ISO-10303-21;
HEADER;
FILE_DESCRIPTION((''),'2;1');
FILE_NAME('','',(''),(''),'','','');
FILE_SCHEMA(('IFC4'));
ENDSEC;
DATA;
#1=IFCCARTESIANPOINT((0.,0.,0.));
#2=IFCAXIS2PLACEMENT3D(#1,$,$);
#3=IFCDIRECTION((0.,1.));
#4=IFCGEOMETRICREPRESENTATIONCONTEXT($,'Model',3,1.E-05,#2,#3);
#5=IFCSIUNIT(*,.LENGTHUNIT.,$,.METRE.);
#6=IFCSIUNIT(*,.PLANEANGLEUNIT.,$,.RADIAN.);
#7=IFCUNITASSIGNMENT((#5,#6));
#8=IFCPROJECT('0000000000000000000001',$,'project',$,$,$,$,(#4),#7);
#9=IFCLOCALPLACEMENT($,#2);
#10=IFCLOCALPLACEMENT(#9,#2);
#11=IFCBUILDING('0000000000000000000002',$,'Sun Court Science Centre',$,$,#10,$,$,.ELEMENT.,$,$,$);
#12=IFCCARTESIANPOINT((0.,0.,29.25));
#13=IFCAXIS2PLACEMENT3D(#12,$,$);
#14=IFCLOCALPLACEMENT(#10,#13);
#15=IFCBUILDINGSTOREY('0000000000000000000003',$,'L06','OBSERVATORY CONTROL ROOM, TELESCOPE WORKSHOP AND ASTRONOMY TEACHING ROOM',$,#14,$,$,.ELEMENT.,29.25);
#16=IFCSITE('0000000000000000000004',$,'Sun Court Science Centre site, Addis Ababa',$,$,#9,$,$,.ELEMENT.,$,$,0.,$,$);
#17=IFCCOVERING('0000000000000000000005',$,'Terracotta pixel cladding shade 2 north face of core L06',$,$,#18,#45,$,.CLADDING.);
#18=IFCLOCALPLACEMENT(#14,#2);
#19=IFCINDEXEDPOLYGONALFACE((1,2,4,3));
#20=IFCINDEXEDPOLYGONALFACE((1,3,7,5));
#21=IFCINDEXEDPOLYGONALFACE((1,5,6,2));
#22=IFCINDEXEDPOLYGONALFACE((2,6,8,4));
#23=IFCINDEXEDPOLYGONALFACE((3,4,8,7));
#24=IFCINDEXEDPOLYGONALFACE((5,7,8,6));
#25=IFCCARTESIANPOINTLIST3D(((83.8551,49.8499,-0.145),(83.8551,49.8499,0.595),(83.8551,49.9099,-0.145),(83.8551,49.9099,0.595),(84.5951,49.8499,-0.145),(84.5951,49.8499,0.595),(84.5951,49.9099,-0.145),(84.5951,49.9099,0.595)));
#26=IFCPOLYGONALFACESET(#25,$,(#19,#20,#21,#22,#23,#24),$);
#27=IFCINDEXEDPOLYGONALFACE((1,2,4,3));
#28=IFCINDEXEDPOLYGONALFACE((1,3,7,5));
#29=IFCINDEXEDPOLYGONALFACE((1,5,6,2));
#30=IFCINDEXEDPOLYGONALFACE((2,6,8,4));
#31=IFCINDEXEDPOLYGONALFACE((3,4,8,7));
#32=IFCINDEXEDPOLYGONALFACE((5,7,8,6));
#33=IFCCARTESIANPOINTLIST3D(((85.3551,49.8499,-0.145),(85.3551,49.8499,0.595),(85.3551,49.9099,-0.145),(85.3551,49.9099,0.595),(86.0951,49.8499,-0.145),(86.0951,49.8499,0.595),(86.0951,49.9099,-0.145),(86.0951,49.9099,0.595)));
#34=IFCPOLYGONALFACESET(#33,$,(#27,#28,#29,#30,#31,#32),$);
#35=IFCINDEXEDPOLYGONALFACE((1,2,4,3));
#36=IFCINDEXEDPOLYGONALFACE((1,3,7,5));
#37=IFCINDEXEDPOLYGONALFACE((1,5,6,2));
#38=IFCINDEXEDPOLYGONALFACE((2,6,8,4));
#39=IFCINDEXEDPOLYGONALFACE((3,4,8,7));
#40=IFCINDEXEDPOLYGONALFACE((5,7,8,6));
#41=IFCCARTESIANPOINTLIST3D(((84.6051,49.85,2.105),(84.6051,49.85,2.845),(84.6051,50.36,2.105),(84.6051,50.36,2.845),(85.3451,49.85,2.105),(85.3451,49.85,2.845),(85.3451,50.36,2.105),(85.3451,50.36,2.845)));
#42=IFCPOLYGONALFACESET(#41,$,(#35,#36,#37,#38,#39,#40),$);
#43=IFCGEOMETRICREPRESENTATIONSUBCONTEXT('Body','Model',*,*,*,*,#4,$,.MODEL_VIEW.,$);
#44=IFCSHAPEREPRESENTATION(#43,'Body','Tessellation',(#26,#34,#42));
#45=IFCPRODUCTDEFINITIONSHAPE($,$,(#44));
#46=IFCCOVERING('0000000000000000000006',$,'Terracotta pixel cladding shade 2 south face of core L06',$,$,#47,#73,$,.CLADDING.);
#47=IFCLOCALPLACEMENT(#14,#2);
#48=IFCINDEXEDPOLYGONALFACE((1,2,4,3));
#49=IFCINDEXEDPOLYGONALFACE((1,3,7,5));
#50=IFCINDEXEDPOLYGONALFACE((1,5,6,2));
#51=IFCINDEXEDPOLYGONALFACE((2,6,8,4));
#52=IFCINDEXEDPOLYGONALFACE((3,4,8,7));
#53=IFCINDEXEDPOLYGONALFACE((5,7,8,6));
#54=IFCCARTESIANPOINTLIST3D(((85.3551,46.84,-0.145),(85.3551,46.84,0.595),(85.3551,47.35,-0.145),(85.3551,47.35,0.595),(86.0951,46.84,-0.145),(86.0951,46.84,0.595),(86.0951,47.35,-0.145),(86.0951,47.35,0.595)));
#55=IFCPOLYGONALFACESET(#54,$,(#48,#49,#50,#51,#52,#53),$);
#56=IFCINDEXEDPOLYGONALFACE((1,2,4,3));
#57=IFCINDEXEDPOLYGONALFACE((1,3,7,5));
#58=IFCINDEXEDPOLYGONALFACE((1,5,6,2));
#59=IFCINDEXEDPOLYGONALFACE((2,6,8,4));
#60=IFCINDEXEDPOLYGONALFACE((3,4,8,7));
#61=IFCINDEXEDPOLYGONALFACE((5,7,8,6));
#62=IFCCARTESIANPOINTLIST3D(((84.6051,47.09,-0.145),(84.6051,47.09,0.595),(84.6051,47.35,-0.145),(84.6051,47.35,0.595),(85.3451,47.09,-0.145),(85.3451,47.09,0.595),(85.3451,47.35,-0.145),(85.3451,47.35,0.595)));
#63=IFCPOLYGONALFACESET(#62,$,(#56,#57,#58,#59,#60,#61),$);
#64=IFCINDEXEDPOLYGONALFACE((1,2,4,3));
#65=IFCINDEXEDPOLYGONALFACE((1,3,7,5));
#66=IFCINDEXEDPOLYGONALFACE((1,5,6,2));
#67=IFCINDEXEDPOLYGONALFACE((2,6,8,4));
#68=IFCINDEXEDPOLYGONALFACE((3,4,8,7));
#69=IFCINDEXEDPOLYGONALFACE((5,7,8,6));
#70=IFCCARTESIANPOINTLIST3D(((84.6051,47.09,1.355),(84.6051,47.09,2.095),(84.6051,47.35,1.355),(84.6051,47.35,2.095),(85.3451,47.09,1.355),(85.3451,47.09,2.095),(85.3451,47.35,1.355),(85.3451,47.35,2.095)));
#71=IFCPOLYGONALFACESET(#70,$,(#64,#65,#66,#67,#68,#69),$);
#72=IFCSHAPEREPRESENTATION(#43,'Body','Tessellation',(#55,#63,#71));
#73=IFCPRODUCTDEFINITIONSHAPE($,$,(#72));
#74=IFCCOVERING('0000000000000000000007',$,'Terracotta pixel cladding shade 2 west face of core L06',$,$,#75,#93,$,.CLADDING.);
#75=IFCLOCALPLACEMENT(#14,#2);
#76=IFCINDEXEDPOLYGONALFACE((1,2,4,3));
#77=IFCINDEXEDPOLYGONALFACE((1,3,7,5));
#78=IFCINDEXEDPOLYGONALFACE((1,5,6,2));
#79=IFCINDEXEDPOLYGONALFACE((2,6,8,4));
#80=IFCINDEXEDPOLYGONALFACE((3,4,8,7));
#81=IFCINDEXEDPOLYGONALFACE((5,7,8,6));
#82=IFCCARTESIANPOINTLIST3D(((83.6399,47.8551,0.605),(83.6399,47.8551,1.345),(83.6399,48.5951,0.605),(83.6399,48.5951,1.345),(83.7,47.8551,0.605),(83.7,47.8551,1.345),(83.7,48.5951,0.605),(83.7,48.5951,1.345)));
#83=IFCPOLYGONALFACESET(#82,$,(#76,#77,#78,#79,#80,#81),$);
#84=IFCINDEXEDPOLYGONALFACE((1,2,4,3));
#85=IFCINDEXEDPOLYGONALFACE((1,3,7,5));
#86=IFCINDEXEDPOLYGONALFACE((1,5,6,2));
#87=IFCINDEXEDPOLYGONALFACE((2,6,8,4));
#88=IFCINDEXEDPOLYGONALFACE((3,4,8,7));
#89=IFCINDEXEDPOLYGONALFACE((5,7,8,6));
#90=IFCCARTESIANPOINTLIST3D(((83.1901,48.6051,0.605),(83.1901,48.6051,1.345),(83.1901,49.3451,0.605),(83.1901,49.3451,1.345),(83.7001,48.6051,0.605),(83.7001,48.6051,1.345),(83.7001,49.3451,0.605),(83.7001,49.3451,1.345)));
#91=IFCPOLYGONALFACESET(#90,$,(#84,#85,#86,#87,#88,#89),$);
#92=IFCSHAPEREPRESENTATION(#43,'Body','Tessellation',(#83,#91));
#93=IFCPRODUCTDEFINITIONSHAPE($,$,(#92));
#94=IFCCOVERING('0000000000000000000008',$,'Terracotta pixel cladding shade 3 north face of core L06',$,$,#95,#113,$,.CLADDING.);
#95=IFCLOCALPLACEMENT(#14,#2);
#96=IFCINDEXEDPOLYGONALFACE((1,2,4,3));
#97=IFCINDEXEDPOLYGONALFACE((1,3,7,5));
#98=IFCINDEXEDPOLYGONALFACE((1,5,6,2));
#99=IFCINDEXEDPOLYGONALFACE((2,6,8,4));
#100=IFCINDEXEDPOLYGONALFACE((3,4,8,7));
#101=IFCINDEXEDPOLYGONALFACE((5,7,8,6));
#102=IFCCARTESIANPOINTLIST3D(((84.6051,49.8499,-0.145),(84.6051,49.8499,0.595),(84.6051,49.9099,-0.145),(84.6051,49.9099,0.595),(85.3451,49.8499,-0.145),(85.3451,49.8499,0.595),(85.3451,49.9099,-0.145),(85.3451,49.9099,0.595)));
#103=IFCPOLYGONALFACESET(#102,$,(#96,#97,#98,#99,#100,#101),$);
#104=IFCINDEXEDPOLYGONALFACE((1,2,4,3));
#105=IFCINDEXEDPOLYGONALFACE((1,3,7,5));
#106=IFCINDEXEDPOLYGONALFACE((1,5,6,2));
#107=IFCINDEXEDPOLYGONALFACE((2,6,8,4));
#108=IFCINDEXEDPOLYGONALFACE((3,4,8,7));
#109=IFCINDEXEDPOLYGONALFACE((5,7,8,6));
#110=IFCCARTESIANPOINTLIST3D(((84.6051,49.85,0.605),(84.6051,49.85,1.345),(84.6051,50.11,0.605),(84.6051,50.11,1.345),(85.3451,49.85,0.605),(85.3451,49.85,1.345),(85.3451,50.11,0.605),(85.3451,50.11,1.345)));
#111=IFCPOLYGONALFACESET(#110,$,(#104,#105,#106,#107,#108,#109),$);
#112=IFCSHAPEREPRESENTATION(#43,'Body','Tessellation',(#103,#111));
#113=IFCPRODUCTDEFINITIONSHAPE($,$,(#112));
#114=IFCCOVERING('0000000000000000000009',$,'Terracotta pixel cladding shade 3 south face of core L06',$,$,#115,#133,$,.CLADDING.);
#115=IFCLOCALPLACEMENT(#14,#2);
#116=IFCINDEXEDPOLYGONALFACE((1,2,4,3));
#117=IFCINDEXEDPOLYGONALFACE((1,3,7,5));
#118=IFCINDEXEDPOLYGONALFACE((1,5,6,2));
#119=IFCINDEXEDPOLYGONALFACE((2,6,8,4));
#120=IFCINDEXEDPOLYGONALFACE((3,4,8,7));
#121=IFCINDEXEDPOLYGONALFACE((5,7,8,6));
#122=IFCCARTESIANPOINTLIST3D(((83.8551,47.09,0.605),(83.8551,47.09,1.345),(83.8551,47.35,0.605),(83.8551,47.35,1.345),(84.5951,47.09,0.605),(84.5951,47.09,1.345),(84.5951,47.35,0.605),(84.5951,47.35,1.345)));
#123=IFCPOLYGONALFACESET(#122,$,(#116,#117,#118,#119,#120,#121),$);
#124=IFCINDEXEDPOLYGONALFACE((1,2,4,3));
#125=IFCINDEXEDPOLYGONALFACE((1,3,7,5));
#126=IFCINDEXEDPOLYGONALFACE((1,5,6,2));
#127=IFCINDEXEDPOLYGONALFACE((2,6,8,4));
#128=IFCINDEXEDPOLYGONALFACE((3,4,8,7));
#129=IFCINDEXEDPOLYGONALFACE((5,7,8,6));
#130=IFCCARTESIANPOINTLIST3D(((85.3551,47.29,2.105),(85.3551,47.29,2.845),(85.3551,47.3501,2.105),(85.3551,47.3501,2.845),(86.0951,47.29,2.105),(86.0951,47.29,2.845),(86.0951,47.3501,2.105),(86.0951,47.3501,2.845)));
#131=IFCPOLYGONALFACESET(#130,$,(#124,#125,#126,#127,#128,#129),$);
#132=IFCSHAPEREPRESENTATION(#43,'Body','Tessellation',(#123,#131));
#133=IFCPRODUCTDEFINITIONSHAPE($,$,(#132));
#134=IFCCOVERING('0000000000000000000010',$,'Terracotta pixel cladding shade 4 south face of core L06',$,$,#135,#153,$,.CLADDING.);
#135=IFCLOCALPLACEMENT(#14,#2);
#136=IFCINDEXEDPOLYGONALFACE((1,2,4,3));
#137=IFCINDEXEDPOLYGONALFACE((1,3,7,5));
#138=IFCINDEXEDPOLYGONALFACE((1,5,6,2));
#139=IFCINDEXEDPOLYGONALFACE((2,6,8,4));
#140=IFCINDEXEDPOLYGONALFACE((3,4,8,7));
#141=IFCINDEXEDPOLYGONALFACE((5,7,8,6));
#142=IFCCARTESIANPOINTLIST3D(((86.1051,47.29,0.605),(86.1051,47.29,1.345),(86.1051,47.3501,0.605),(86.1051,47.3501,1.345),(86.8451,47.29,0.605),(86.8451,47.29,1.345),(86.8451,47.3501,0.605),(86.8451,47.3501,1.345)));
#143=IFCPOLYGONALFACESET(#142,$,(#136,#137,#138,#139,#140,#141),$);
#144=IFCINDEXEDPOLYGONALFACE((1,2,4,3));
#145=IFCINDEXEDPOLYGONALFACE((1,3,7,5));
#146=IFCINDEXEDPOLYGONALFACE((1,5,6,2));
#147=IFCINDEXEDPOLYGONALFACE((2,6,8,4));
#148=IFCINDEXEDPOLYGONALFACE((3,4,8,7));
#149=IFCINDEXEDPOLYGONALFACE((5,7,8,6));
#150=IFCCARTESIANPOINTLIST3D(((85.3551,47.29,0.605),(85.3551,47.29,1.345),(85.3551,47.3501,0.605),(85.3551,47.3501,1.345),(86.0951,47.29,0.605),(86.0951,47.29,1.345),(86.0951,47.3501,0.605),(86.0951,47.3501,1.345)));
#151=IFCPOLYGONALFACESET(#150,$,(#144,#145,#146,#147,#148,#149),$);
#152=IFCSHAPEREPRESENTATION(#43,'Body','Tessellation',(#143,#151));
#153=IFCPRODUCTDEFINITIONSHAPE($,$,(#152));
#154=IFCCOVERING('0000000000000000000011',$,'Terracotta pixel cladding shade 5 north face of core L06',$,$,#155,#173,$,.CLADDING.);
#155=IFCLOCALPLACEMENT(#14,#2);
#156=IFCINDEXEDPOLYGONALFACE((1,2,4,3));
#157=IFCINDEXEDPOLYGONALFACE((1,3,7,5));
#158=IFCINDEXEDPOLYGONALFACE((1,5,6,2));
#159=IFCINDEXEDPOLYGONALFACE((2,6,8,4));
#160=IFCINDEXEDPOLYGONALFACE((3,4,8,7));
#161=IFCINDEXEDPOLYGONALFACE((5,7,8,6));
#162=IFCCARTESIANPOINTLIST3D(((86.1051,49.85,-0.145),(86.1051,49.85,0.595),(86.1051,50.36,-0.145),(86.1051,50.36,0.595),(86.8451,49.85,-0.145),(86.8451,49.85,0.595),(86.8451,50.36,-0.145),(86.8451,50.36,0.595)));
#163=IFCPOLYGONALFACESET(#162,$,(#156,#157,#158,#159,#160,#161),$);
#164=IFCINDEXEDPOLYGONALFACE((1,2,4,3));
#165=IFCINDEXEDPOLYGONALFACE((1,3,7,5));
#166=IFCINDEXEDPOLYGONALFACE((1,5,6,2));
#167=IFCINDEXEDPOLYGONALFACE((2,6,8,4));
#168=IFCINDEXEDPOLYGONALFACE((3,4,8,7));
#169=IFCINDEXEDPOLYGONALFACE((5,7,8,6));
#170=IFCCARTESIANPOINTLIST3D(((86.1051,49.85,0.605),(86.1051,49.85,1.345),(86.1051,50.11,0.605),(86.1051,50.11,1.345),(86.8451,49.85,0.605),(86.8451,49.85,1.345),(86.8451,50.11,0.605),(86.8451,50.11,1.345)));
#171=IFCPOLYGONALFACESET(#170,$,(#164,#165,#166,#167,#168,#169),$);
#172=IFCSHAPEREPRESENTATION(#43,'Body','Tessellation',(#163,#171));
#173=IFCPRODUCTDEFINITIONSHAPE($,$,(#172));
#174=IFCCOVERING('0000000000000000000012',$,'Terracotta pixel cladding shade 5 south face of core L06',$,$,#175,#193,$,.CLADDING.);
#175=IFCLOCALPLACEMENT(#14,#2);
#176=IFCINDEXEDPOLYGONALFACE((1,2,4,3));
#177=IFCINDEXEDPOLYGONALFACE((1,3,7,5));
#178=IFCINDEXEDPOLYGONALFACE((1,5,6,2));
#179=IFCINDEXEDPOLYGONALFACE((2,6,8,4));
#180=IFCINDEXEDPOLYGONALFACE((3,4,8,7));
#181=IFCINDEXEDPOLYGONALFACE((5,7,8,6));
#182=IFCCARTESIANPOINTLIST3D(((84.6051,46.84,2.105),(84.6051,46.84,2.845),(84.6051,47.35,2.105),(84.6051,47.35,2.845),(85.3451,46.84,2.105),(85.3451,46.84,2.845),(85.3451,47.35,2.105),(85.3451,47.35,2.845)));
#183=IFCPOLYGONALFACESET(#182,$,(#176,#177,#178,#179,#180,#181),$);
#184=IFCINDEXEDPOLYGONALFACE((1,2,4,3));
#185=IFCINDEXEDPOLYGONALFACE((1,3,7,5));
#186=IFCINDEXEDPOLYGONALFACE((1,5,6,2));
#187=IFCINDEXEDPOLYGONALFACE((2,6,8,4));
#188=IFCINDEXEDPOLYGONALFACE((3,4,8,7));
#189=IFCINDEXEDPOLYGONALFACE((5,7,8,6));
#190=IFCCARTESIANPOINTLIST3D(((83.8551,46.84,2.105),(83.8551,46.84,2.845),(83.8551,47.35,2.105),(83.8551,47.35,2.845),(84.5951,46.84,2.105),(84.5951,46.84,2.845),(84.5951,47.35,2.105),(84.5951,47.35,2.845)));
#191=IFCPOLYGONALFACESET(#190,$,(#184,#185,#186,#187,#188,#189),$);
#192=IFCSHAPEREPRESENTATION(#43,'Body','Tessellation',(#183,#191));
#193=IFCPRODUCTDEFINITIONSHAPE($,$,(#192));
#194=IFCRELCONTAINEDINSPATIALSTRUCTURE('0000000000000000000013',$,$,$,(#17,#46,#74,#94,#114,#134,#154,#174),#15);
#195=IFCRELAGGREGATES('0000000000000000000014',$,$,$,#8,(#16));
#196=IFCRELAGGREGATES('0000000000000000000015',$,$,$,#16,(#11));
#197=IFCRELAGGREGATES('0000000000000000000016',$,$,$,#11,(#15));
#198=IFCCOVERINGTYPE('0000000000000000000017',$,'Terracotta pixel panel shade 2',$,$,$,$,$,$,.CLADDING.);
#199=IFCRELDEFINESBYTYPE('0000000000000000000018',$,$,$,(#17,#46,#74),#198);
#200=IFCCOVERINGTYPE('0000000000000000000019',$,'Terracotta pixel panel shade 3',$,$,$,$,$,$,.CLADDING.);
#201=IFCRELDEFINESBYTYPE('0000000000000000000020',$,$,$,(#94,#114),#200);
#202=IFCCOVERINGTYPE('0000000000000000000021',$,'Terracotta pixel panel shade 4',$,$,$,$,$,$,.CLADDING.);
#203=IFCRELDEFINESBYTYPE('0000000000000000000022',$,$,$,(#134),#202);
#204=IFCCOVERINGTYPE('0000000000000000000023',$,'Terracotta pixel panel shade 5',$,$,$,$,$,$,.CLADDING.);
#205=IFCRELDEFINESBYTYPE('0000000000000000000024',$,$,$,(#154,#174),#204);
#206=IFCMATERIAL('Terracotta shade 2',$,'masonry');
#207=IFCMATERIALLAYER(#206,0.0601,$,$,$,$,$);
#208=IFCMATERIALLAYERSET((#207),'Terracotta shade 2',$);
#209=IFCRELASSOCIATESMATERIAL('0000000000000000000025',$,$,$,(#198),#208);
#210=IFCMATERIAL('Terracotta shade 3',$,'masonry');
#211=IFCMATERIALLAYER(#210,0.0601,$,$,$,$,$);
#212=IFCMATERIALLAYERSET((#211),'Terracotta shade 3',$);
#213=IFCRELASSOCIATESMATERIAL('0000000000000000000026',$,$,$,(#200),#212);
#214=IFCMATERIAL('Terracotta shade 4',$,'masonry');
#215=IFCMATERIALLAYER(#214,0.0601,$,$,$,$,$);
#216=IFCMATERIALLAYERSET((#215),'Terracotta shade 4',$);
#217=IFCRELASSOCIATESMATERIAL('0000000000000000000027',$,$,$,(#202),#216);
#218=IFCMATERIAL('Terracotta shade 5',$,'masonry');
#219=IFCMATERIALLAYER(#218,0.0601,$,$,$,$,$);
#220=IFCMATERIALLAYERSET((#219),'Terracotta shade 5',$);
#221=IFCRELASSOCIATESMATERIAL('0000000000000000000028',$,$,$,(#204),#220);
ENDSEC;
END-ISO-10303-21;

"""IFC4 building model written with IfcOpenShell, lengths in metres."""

from ifc_helpers import new_model, si_unit, direction, frame, origin, origin_2d, place, context, subcontext, project, spatial, rectangle, extrude, material, layer, layer_set, type_object, element, save


model = new_model("IFC4")

# Units and contexts
model_context = context("Model", 3, precision=1e-05, world=origin(), true_north=direction((0.0, 1.0)))
body_context = subcontext(model_context, "Body", "Model", "MODEL_VIEW")
ifc_project = project(units=[si_unit("LENGTHUNIT", "METRE"), si_unit("PLANEANGLEUNIT", "RADIAN")], contexts=[model_context])

# Site, building, storey
site_placement = place(None, origin())
site = spatial("IfcSite", under=ifc_project, at=site_placement, Name="Sun Court Science Centre site, Addis Ababa", CompositionType="ELEMENT", RefElevation=0.0)
building_placement = place(site_placement, origin())
building = spatial("IfcBuilding", under=site, at=building_placement, Name="Sun Court Science Centre", CompositionType="ELEMENT")
storey_placement = place(building_placement, frame((0.0, 0.0, 29.25)))
storey = spatial("IfcBuildingStorey", under=building, at=storey_placement, Name="L06", Description="OBSERVATORY CONTROL ROOM, TELESCOPE WORKSHOP AND ASTRONOMY TEACHING ROOM", CompositionType="ELEMENT", Elevation=29.25)

# Coverings
ifc_material_1 = material(Name="Terracotta shade 2", Category="masonry")
ifc_layer_1 = layer(ifc_material_1, 0.0601)
ifc_layer_set_1 = layer_set([ifc_layer_1], Name="Terracotta shade 2")
covering_type_1 = type_object("IfcCoveringType", Name="Terracotta pixel panel shade 2", PredefinedType="CLADDING", material=ifc_layer_set_1)
covering_1_placement = place(storey_placement, frame((0.0, 0.0, -29.25)))
element("IfcCovering", 1, at=covering_1_placement, inside=storey, type_object=covering_type_1, Name="Terracotta pixel cladding shade 2 north face of core L06", PredefinedType="CLADDING", context=body_context, shape_type="SweptSolid", body=[
    extrude(rectangle(XDim=0.74, YDim=0.0601, at=origin_2d()), frame((84.2251, 49.8799, 29.105), z_axis=(0.0, 0.0, 1.0), x_axis=(1.0, 0.0, 0.0)), (0.0, 0.0, 1.0), 0.74),
    extrude(rectangle(XDim=0.74, YDim=0.0601, at=origin_2d()), frame((85.7251, 49.8799, 29.105), z_axis=(0.0, 0.0, 1.0), x_axis=(1.0, 0.0, 0.0)), (0.0, 0.0, 1.0), 0.74),
    extrude(rectangle(XDim=0.74, YDim=0.51, at=origin_2d()), frame((84.9751, 50.105, 31.355), z_axis=(0.0, 0.0, 1.0), x_axis=(1.0, 0.0, 0.0)), (0.0, 0.0, 1.0), 0.74),
])
covering_2_placement = place(storey_placement, frame((0.0, 0.0, -29.25)))
element("IfcCovering", 2, at=covering_2_placement, inside=storey, type_object=covering_type_1, Name="Terracotta pixel cladding shade 2 south face of core L06", PredefinedType="CLADDING", context=body_context, shape_type="SweptSolid", body=[
    extrude(rectangle(XDim=0.74, YDim=0.51, at=origin_2d()), frame((85.7251, 47.095, 29.105), z_axis=(0.0, 0.0, 1.0), x_axis=(-1.0, 0.0, 0.0)), (0.0, 0.0, 1.0), 0.74),
    extrude(rectangle(XDim=0.74, YDim=0.26, at=origin_2d()), frame((84.9751, 47.22, 29.105), z_axis=(0.0, 0.0, 1.0), x_axis=(-1.0, 0.0, 0.0)), (0.0, 0.0, 1.0), 0.74),
    extrude(rectangle(XDim=0.74, YDim=0.26, at=origin_2d()), frame((84.9751, 47.22, 30.605), z_axis=(0.0, 0.0, 1.0), x_axis=(-1.0, 0.0, 0.0)), (0.0, 0.0, 1.0), 0.74),
])
covering_3_placement = place(storey_placement, frame((0.0, 0.0, -29.25)))
element("IfcCovering", 3, at=covering_3_placement, inside=storey, type_object=covering_type_1, Name="Terracotta pixel cladding shade 2 west face of core L06", PredefinedType="CLADDING", context=body_context, shape_type="SweptSolid", body=[
    extrude(rectangle(XDim=0.74, YDim=0.0601, at=origin_2d()), frame((83.6699, 48.2251, 29.855), z_axis=(0.0, 0.0, 1.0), x_axis=(0.0, 1.0, 0.0)), (0.0, 0.0, 1.0), 0.74),
    extrude(rectangle(XDim=0.74, YDim=0.51, at=origin_2d()), frame((83.4451, 48.9751, 29.855), z_axis=(0.0, 0.0, 1.0), x_axis=(0.0, 1.0, 0.0)), (0.0, 0.0, 1.0), 0.74),
])
ifc_material_2 = material(Name="Terracotta shade 3", Category="masonry")
ifc_layer_2 = layer(ifc_material_2, 0.0601)
ifc_layer_set_2 = layer_set([ifc_layer_2], Name="Terracotta shade 3")
covering_type_2 = type_object("IfcCoveringType", Name="Terracotta pixel panel shade 3", PredefinedType="CLADDING", material=ifc_layer_set_2)
covering_4_placement = place(storey_placement, frame((0.0, 0.0, -29.25)))
element("IfcCovering", 4, at=covering_4_placement, inside=storey, type_object=covering_type_2, Name="Terracotta pixel cladding shade 3 north face of core L06", PredefinedType="CLADDING", context=body_context, shape_type="SweptSolid", body=[
    extrude(rectangle(XDim=0.74, YDim=0.0601, at=origin_2d()), frame((84.9751, 49.8799, 29.105), z_axis=(0.0, 0.0, 1.0), x_axis=(1.0, 0.0, 0.0)), (0.0, 0.0, 1.0), 0.74),
    extrude(rectangle(XDim=0.74, YDim=0.26, at=origin_2d()), frame((84.9751, 49.98, 29.855), z_axis=(0.0, 0.0, 1.0), x_axis=(1.0, 0.0, 0.0)), (0.0, 0.0, 1.0), 0.74),
])
covering_5_placement = place(storey_placement, frame((0.0, 0.0, -29.25)))
element("IfcCovering", 5, at=covering_5_placement, inside=storey, type_object=covering_type_2, Name="Terracotta pixel cladding shade 3 south face of core L06", PredefinedType="CLADDING", context=body_context, shape_type="SweptSolid", body=[
    extrude(rectangle(XDim=0.74, YDim=0.26, at=origin_2d()), frame((84.2251, 47.22, 29.855), z_axis=(0.0, 0.0, 1.0), x_axis=(-1.0, 0.0, 0.0)), (0.0, 0.0, 1.0), 0.74),
    extrude(rectangle(XDim=0.74, YDim=0.0601, at=origin_2d()), frame((85.7251, 47.3201, 31.355), z_axis=(0.0, 0.0, 1.0), x_axis=(-1.0, 0.0, 0.0)), (0.0, 0.0, 1.0), 0.74),
])
ifc_material_3 = material(Name="Terracotta shade 4", Category="masonry")
ifc_layer_3 = layer(ifc_material_3, 0.0601)
ifc_layer_set_3 = layer_set([ifc_layer_3], Name="Terracotta shade 4")
covering_type_3 = type_object("IfcCoveringType", Name="Terracotta pixel panel shade 4", PredefinedType="CLADDING", material=ifc_layer_set_3)
covering_6_placement = place(storey_placement, frame((0.0, 0.0, -29.25)))
element("IfcCovering", 6, at=covering_6_placement, inside=storey, type_object=covering_type_3, Name="Terracotta pixel cladding shade 4 south face of core L06", PredefinedType="CLADDING", context=body_context, shape_type="SweptSolid", body=[
    extrude(rectangle(XDim=0.74, YDim=0.0601, at=origin_2d()), frame((86.4751, 47.3201, 29.855), z_axis=(0.0, 0.0, 1.0), x_axis=(-1.0, 0.0, 0.0)), (0.0, 0.0, 1.0), 0.74),
    extrude(rectangle(XDim=0.74, YDim=0.0601, at=origin_2d()), frame((85.7251, 47.3201, 29.855), z_axis=(0.0, 0.0, 1.0), x_axis=(-1.0, 0.0, 0.0)), (0.0, 0.0, 1.0), 0.74),
])
ifc_material_4 = material(Name="Terracotta shade 5", Category="masonry")
ifc_layer_4 = layer(ifc_material_4, 0.0601)
ifc_layer_set_4 = layer_set([ifc_layer_4], Name="Terracotta shade 5")
covering_type_4 = type_object("IfcCoveringType", Name="Terracotta pixel panel shade 5", PredefinedType="CLADDING", material=ifc_layer_set_4)
covering_7_placement = place(storey_placement, frame((0.0, 0.0, -29.25)))
element("IfcCovering", 7, at=covering_7_placement, inside=storey, type_object=covering_type_4, Name="Terracotta pixel cladding shade 5 north face of core L06", PredefinedType="CLADDING", context=body_context, shape_type="SweptSolid", body=[
    extrude(rectangle(XDim=0.74, YDim=0.51, at=origin_2d()), frame((86.4751, 50.105, 29.105), z_axis=(0.0, 0.0, 1.0), x_axis=(1.0, 0.0, 0.0)), (0.0, 0.0, 1.0), 0.74),
    extrude(rectangle(XDim=0.74, YDim=0.26, at=origin_2d()), frame((86.4751, 49.98, 29.855), z_axis=(0.0, 0.0, 1.0), x_axis=(1.0, 0.0, 0.0)), (0.0, 0.0, 1.0), 0.74),
])
covering_8_placement = place(storey_placement, frame((0.0, 0.0, -29.25)))
element("IfcCovering", 8, at=covering_8_placement, inside=storey, type_object=covering_type_4, Name="Terracotta pixel cladding shade 5 south face of core L06", PredefinedType="CLADDING", context=body_context, shape_type="SweptSolid", body=[
    extrude(rectangle(XDim=0.74, YDim=0.51, at=origin_2d()), frame((84.9751, 47.095, 31.355), z_axis=(0.0, 0.0, 1.0), x_axis=(-1.0, 0.0, 0.0)), (0.0, 0.0, 1.0), 0.74),
    extrude(rectangle(XDim=0.74, YDim=0.51, at=origin_2d()), frame((84.2251, 47.095, 31.355), z_axis=(0.0, 0.0, 1.0), x_axis=(-1.0, 0.0, 0.0)), (0.0, 0.0, 1.0), 0.74),
])

save(model, "model.ifc")
